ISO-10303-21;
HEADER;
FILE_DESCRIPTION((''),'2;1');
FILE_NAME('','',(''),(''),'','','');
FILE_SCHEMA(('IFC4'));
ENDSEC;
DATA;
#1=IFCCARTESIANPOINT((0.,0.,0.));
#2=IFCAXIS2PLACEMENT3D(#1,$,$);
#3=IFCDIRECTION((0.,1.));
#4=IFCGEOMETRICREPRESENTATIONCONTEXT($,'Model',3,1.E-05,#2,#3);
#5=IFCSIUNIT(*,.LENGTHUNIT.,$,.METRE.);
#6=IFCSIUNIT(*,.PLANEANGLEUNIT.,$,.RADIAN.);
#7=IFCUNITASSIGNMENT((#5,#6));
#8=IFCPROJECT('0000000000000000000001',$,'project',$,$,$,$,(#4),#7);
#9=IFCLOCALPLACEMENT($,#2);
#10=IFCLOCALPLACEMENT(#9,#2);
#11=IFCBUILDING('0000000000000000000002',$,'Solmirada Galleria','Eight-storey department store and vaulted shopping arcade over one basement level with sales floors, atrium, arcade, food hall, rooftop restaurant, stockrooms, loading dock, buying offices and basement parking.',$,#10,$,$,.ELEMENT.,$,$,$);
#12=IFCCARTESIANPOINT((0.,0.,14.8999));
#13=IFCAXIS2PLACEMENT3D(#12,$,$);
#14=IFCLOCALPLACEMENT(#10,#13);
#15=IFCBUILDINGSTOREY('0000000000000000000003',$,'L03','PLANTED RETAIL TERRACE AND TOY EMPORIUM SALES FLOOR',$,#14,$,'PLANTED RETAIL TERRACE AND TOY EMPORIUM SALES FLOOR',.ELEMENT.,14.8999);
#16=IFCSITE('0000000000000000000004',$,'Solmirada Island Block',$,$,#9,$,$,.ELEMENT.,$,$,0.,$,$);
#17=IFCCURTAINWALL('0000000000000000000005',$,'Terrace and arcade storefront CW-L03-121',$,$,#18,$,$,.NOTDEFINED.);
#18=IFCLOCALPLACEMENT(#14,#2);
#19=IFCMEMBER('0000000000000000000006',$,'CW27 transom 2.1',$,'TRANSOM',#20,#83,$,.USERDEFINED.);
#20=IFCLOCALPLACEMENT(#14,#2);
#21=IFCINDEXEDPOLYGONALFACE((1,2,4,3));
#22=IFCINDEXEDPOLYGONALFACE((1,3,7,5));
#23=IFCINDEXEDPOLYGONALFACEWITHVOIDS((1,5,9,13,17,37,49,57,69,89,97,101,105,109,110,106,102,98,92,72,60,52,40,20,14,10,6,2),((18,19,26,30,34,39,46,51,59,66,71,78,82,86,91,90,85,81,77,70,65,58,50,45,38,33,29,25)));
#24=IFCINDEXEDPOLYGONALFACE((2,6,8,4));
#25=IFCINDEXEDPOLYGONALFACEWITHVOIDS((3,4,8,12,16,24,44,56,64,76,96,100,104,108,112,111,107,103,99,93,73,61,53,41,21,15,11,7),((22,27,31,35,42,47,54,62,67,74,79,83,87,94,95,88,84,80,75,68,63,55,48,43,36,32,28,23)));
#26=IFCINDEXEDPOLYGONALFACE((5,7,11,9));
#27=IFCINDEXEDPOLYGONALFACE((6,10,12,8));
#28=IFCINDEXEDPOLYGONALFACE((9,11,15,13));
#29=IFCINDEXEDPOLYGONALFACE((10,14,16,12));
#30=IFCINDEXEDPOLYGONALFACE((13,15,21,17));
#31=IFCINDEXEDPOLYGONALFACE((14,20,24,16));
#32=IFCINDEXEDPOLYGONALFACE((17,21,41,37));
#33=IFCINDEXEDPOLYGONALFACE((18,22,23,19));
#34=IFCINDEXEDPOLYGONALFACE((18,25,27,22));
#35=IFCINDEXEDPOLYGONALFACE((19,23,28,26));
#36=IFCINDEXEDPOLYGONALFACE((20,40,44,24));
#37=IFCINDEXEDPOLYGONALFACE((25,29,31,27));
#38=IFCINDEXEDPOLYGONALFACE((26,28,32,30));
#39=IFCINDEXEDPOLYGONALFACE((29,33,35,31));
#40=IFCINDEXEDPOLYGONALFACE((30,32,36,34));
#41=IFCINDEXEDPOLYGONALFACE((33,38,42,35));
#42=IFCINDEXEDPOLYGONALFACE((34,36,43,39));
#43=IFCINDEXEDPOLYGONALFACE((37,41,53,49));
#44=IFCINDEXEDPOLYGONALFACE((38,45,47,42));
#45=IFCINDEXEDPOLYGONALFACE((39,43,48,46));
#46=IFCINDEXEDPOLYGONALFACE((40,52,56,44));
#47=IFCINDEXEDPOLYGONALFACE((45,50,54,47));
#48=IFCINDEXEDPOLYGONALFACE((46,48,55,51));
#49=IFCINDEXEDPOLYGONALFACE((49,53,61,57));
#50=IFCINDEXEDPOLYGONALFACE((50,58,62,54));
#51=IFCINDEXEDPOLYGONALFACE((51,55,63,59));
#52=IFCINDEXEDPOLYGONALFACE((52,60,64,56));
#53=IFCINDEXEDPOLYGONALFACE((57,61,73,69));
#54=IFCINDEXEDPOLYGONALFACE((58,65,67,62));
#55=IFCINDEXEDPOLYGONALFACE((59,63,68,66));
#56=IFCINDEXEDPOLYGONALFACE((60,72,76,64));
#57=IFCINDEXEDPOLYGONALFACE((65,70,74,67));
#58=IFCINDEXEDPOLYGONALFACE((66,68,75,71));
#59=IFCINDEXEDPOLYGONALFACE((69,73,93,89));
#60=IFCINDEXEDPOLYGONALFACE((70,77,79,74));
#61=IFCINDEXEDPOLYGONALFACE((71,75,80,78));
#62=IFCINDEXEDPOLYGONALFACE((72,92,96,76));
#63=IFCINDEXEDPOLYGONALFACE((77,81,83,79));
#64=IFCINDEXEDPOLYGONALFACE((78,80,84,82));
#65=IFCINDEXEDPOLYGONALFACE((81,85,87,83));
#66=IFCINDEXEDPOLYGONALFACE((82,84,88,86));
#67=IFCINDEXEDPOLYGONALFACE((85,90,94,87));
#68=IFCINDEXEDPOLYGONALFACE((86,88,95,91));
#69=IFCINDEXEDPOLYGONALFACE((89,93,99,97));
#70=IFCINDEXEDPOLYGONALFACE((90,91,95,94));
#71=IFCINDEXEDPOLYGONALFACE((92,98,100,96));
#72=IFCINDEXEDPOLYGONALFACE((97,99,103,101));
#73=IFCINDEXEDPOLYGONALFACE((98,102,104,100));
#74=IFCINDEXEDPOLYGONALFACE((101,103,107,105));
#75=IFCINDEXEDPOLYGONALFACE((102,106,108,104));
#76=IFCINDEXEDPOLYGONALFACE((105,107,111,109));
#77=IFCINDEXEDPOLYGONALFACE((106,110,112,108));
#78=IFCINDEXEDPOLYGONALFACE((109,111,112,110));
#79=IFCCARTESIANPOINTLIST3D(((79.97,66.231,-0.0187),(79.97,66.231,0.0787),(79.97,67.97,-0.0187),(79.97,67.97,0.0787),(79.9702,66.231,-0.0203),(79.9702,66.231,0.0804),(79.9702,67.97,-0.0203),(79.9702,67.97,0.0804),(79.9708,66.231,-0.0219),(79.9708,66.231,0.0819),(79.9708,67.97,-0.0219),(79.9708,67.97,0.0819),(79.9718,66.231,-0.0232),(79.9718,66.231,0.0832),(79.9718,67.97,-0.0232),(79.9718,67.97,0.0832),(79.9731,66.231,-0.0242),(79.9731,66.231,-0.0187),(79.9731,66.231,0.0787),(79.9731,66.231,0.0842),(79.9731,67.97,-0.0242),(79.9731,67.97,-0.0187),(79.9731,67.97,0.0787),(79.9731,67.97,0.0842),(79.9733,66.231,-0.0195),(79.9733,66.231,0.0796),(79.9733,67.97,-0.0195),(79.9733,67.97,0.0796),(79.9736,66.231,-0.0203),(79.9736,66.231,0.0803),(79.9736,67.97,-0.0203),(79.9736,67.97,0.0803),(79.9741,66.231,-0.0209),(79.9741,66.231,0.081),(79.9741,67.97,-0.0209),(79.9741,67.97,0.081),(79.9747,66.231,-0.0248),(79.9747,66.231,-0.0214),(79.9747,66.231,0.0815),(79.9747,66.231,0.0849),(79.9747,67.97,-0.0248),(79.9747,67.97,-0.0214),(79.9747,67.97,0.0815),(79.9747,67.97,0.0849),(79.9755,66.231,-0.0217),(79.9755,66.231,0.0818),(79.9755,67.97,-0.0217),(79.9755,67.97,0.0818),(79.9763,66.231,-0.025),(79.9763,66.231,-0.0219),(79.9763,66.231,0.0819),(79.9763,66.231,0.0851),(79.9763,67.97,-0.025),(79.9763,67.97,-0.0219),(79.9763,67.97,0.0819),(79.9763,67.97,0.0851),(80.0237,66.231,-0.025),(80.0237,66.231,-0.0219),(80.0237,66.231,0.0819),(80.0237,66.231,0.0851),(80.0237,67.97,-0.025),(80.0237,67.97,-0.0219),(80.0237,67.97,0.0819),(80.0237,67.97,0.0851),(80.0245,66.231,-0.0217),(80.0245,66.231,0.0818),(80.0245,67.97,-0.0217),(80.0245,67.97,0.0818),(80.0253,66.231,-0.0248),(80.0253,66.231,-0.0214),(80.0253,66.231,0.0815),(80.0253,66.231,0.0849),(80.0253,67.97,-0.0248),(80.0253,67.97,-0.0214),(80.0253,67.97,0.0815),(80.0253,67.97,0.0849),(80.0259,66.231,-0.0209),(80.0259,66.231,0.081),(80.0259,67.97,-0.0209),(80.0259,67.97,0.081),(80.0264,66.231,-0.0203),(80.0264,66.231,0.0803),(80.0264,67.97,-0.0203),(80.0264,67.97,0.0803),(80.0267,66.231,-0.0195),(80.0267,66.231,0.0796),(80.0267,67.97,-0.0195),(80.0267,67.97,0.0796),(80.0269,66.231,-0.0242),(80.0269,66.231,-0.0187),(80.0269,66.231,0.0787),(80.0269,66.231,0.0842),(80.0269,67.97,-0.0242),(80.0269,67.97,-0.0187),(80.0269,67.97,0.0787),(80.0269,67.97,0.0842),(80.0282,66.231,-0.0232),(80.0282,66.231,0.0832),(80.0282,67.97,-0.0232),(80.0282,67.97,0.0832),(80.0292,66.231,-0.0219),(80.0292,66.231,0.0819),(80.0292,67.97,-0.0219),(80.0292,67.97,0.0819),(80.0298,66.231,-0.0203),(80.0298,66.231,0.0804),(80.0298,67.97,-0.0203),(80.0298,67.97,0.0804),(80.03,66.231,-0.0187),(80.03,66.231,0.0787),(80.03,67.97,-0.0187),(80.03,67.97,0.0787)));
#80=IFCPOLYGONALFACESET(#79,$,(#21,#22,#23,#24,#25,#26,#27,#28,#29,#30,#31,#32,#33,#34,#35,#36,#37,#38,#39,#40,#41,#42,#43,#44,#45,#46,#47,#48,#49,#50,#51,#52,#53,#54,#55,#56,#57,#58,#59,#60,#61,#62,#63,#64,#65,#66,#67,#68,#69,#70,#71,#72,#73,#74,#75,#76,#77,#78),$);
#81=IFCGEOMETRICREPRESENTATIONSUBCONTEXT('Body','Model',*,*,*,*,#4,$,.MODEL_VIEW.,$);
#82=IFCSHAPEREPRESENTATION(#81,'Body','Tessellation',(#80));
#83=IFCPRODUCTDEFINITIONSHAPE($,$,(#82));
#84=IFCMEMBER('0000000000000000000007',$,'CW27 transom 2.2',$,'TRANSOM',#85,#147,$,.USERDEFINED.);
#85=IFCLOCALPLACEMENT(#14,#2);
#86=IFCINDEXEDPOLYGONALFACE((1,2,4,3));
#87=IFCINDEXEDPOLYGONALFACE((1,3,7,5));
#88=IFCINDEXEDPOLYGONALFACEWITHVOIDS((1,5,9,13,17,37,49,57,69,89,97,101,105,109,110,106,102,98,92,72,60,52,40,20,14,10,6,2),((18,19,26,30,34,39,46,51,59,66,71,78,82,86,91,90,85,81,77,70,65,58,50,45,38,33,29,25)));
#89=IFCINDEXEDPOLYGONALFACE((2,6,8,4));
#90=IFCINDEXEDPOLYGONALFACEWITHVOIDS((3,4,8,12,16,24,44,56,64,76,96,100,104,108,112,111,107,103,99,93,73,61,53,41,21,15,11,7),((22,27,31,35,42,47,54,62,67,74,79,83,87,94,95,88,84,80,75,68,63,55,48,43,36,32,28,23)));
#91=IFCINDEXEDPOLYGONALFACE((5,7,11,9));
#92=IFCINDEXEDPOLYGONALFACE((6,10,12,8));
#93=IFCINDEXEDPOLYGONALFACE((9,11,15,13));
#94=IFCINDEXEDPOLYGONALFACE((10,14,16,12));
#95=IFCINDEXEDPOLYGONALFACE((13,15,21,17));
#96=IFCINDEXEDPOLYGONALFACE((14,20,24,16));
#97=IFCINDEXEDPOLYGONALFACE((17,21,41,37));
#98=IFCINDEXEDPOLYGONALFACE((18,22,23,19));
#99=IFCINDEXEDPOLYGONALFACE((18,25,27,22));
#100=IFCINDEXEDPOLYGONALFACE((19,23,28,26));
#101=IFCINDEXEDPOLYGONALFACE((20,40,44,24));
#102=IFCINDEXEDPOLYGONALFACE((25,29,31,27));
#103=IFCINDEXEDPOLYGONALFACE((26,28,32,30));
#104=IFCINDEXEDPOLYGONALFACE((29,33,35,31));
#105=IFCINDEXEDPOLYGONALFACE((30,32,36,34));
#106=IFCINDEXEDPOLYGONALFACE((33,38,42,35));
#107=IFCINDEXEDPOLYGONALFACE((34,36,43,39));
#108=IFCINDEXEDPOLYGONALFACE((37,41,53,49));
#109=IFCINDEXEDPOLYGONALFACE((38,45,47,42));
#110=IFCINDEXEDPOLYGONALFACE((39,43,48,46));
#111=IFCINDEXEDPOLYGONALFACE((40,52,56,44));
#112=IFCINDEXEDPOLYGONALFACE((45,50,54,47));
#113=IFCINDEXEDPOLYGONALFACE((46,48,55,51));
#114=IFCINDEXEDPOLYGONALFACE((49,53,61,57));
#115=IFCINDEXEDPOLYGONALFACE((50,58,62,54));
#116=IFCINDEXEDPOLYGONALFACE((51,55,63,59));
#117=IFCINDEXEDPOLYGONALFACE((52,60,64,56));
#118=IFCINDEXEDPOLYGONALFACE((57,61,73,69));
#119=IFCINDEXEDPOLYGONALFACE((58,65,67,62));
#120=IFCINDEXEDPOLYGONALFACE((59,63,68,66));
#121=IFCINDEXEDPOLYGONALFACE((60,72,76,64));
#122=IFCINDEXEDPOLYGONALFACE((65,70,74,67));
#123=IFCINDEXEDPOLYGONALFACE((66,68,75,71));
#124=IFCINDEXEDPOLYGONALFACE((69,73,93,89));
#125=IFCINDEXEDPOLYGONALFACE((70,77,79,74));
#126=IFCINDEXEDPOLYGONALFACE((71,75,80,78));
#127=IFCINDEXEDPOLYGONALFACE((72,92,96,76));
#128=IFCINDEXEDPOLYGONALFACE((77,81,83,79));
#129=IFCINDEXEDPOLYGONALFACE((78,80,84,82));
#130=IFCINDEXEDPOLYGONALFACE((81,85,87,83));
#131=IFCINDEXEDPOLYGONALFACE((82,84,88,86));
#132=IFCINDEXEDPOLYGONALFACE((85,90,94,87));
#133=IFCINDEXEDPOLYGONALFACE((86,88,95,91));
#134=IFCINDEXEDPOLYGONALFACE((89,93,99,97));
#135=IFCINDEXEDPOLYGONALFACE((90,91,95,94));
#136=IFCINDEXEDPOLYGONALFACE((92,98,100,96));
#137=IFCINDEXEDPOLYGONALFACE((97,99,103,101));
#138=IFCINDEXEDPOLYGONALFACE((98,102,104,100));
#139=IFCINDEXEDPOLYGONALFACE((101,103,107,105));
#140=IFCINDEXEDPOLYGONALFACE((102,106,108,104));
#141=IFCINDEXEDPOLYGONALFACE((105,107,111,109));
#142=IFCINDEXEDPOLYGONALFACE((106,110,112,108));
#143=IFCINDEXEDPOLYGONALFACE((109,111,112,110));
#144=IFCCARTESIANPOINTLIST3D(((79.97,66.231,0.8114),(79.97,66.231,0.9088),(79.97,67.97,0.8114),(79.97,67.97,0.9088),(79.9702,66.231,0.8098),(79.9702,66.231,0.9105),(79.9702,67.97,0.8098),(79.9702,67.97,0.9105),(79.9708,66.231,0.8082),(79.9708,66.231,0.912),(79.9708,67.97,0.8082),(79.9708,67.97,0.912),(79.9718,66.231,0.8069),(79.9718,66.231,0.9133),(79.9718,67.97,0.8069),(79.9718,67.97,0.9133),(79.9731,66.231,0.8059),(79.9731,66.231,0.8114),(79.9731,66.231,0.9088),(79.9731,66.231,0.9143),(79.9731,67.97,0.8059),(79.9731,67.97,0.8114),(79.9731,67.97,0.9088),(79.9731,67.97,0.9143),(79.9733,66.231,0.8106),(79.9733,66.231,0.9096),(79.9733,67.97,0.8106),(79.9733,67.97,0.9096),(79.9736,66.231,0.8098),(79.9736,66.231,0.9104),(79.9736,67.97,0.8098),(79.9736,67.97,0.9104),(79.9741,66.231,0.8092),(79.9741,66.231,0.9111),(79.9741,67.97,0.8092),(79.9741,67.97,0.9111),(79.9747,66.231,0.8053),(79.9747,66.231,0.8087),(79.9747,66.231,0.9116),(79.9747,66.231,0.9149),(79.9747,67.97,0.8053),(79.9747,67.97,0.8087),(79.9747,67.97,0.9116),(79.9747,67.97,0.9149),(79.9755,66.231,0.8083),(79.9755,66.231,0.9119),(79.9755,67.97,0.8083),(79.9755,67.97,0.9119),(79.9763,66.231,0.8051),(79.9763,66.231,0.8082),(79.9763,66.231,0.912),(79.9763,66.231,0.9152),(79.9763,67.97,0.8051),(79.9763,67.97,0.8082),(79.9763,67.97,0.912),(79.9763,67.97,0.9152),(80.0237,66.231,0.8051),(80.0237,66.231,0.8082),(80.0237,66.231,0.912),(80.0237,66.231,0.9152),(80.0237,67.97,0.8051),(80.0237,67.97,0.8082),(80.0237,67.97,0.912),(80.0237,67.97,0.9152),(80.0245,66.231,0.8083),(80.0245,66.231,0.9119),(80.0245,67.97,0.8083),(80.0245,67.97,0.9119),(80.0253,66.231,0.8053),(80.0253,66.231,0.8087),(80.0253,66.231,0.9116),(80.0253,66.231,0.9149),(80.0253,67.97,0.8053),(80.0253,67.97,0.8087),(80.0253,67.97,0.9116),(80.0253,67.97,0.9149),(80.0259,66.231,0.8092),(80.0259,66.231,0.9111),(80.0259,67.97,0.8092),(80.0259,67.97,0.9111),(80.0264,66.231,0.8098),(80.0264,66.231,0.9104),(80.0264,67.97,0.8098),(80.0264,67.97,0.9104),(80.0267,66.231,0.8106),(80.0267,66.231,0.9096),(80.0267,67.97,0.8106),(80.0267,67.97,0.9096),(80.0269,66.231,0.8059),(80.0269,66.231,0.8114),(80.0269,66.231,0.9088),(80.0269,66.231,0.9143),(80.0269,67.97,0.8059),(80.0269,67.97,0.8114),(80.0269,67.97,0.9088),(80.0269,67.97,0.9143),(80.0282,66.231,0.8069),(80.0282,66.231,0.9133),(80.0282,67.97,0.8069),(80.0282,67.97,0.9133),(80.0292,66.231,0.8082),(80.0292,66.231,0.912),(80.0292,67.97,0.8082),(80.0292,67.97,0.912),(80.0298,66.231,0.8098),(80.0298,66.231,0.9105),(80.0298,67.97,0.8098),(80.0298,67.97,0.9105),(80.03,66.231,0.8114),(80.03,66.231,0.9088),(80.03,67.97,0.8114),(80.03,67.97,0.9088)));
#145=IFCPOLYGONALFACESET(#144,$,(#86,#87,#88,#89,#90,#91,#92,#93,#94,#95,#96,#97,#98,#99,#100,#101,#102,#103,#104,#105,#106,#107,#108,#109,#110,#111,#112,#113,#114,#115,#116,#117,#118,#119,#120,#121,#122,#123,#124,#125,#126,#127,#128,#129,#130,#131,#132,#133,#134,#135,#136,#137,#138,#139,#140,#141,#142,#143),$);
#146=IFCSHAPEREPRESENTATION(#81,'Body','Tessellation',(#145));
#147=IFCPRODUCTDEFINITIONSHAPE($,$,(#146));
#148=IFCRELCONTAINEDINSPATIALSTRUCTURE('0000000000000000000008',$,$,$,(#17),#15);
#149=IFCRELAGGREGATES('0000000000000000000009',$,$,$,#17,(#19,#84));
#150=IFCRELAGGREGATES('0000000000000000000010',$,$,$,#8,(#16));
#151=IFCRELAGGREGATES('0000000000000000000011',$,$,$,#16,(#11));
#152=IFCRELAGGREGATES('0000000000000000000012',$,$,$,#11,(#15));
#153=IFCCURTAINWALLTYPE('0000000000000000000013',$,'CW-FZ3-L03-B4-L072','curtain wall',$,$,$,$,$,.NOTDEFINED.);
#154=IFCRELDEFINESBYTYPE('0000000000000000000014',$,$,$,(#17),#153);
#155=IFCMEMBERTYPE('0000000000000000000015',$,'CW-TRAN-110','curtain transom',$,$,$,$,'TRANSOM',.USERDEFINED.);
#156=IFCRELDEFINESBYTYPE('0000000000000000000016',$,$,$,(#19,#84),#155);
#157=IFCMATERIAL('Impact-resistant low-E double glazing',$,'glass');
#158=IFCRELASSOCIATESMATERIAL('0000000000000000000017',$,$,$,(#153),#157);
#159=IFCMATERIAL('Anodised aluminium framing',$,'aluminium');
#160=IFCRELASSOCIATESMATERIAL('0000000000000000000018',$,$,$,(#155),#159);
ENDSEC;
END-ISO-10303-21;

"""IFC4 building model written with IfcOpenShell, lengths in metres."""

from ifc_helpers import new_model, si_unit, direction, frame, origin, origin_2d, place, context, subcontext, project, spatial, hollow_rectangle, extrude, material, material_profile, profile_set, type_object, element, aggregate, save


model = new_model("IFC4")

# Units and contexts
model_context = context("Model", 3, precision=1e-05, world=origin(), true_north=direction((0.0, 1.0)))
body_context = subcontext(model_context, "Body", "Model", "MODEL_VIEW")
ifc_project = project(units=[si_unit("LENGTHUNIT", "METRE"), si_unit("PLANEANGLEUNIT", "RADIAN")], contexts=[model_context])

# Site, building, storey
site_placement = place(None, origin())
site = spatial("IfcSite", under=ifc_project, at=site_placement, Name="Solmirada Island Block", CompositionType="ELEMENT", RefElevation=0.0)
building_placement = place(site_placement, origin())
building = spatial("IfcBuilding", under=site, at=building_placement, Name="Solmirada Galleria", Description="Eight-storey department store and vaulted shopping arcade over one basement level with sales floors, atrium, arcade, food hall, rooftop restaurant, stockrooms, loading dock, buying offices and basement parking.", CompositionType="ELEMENT")
storey_placement = place(building_placement, frame((0.0, 0.0, 14.8999)))
storey = spatial("IfcBuildingStorey", under=building, at=storey_placement, Name="L03", Description="PLANTED RETAIL TERRACE AND TOY EMPORIUM SALES FLOOR", LongName="PLANTED RETAIL TERRACE AND TOY EMPORIUM SALES FLOOR", CompositionType="ELEMENT", Elevation=14.8999)

# Curtain wall, members
ifc_material_1 = material(Name="Impact-resistant low-E double glazing", Category="glass")
curtain_wall_type = type_object("IfcCurtainWallType", Name="CW-FZ3-L03-B4-L072", Description="curtain wall", PredefinedType="NOTDEFINED", material=ifc_material_1)
curtain_wall_placement = place(storey_placement, origin())
curtain_wall = element("IfcCurtainWall", 1, at=curtain_wall_placement, inside=storey, type_object=curtain_wall_type, Name="Terrace and arcade storefront CW-L03-121", PredefinedType="NOTDEFINED")
ifc_material_2 = material(Name="Anodised aluminium framing", Category="aluminium")
ifc_material_profile_1 = material_profile(ifc_material_2, hollow_rectangle(XDim=0.0601, YDim=0.1101, WallThickness=0.0032, InnerFilletRadius=0.0032, OuterFilletRadius=0.0063, at=origin_2d()), Name="ALU-TRAN-110X60")
ifc_profile_set_1 = profile_set([ifc_material_profile_1], Name="Anodised aluminium framing")
member_type_1 = type_object("IfcMemberType", Name="CW-TRAN-110", Description="curtain transom", ElementType="TRANSOM", PredefinedType="USERDEFINED", material=ifc_profile_set_1)
member_1_placement = place(storey_placement, frame((80.0, 66.231, 0.03), z_axis=(0.0, 1.0, 0.0), x_axis=(-1.0, 0.0, 0.0)))
member_1 = element("IfcMember", 2, at=member_1_placement, type_object=member_type_1, Name="CW27 transom 2.1", ObjectType="TRANSOM", PredefinedType="USERDEFINED", context=body_context, shape_type="SweptSolid", body=[
    extrude(hollow_rectangle(XDim=0.0601, YDim=0.1101, WallThickness=0.0032, InnerFilletRadius=0.0032, OuterFilletRadius=0.0063, at=origin_2d()), origin(), (0.0, 0.0, 1.0), 1.739),
])
member_2_placement = place(storey_placement, frame((80.0, 66.231, 0.8601), z_axis=(0.0, 1.0, 0.0), x_axis=(-1.0, 0.0, 0.0)))
member_2 = element("IfcMember", 3, at=member_2_placement, type_object=member_type_1, Name="CW27 transom 2.2", ObjectType="TRANSOM", PredefinedType="USERDEFINED", context=body_context, shape_type="SweptSolid", body=[
    extrude(hollow_rectangle(XDim=0.0601, YDim=0.1101, WallThickness=0.0032, InnerFilletRadius=0.0032, OuterFilletRadius=0.0063, at=origin_2d()), origin(), (0.0, 0.0, 1.0), 1.739),
])
aggregate(curtain_wall, [member_1, member_2])

save(model, "model.ifc")
